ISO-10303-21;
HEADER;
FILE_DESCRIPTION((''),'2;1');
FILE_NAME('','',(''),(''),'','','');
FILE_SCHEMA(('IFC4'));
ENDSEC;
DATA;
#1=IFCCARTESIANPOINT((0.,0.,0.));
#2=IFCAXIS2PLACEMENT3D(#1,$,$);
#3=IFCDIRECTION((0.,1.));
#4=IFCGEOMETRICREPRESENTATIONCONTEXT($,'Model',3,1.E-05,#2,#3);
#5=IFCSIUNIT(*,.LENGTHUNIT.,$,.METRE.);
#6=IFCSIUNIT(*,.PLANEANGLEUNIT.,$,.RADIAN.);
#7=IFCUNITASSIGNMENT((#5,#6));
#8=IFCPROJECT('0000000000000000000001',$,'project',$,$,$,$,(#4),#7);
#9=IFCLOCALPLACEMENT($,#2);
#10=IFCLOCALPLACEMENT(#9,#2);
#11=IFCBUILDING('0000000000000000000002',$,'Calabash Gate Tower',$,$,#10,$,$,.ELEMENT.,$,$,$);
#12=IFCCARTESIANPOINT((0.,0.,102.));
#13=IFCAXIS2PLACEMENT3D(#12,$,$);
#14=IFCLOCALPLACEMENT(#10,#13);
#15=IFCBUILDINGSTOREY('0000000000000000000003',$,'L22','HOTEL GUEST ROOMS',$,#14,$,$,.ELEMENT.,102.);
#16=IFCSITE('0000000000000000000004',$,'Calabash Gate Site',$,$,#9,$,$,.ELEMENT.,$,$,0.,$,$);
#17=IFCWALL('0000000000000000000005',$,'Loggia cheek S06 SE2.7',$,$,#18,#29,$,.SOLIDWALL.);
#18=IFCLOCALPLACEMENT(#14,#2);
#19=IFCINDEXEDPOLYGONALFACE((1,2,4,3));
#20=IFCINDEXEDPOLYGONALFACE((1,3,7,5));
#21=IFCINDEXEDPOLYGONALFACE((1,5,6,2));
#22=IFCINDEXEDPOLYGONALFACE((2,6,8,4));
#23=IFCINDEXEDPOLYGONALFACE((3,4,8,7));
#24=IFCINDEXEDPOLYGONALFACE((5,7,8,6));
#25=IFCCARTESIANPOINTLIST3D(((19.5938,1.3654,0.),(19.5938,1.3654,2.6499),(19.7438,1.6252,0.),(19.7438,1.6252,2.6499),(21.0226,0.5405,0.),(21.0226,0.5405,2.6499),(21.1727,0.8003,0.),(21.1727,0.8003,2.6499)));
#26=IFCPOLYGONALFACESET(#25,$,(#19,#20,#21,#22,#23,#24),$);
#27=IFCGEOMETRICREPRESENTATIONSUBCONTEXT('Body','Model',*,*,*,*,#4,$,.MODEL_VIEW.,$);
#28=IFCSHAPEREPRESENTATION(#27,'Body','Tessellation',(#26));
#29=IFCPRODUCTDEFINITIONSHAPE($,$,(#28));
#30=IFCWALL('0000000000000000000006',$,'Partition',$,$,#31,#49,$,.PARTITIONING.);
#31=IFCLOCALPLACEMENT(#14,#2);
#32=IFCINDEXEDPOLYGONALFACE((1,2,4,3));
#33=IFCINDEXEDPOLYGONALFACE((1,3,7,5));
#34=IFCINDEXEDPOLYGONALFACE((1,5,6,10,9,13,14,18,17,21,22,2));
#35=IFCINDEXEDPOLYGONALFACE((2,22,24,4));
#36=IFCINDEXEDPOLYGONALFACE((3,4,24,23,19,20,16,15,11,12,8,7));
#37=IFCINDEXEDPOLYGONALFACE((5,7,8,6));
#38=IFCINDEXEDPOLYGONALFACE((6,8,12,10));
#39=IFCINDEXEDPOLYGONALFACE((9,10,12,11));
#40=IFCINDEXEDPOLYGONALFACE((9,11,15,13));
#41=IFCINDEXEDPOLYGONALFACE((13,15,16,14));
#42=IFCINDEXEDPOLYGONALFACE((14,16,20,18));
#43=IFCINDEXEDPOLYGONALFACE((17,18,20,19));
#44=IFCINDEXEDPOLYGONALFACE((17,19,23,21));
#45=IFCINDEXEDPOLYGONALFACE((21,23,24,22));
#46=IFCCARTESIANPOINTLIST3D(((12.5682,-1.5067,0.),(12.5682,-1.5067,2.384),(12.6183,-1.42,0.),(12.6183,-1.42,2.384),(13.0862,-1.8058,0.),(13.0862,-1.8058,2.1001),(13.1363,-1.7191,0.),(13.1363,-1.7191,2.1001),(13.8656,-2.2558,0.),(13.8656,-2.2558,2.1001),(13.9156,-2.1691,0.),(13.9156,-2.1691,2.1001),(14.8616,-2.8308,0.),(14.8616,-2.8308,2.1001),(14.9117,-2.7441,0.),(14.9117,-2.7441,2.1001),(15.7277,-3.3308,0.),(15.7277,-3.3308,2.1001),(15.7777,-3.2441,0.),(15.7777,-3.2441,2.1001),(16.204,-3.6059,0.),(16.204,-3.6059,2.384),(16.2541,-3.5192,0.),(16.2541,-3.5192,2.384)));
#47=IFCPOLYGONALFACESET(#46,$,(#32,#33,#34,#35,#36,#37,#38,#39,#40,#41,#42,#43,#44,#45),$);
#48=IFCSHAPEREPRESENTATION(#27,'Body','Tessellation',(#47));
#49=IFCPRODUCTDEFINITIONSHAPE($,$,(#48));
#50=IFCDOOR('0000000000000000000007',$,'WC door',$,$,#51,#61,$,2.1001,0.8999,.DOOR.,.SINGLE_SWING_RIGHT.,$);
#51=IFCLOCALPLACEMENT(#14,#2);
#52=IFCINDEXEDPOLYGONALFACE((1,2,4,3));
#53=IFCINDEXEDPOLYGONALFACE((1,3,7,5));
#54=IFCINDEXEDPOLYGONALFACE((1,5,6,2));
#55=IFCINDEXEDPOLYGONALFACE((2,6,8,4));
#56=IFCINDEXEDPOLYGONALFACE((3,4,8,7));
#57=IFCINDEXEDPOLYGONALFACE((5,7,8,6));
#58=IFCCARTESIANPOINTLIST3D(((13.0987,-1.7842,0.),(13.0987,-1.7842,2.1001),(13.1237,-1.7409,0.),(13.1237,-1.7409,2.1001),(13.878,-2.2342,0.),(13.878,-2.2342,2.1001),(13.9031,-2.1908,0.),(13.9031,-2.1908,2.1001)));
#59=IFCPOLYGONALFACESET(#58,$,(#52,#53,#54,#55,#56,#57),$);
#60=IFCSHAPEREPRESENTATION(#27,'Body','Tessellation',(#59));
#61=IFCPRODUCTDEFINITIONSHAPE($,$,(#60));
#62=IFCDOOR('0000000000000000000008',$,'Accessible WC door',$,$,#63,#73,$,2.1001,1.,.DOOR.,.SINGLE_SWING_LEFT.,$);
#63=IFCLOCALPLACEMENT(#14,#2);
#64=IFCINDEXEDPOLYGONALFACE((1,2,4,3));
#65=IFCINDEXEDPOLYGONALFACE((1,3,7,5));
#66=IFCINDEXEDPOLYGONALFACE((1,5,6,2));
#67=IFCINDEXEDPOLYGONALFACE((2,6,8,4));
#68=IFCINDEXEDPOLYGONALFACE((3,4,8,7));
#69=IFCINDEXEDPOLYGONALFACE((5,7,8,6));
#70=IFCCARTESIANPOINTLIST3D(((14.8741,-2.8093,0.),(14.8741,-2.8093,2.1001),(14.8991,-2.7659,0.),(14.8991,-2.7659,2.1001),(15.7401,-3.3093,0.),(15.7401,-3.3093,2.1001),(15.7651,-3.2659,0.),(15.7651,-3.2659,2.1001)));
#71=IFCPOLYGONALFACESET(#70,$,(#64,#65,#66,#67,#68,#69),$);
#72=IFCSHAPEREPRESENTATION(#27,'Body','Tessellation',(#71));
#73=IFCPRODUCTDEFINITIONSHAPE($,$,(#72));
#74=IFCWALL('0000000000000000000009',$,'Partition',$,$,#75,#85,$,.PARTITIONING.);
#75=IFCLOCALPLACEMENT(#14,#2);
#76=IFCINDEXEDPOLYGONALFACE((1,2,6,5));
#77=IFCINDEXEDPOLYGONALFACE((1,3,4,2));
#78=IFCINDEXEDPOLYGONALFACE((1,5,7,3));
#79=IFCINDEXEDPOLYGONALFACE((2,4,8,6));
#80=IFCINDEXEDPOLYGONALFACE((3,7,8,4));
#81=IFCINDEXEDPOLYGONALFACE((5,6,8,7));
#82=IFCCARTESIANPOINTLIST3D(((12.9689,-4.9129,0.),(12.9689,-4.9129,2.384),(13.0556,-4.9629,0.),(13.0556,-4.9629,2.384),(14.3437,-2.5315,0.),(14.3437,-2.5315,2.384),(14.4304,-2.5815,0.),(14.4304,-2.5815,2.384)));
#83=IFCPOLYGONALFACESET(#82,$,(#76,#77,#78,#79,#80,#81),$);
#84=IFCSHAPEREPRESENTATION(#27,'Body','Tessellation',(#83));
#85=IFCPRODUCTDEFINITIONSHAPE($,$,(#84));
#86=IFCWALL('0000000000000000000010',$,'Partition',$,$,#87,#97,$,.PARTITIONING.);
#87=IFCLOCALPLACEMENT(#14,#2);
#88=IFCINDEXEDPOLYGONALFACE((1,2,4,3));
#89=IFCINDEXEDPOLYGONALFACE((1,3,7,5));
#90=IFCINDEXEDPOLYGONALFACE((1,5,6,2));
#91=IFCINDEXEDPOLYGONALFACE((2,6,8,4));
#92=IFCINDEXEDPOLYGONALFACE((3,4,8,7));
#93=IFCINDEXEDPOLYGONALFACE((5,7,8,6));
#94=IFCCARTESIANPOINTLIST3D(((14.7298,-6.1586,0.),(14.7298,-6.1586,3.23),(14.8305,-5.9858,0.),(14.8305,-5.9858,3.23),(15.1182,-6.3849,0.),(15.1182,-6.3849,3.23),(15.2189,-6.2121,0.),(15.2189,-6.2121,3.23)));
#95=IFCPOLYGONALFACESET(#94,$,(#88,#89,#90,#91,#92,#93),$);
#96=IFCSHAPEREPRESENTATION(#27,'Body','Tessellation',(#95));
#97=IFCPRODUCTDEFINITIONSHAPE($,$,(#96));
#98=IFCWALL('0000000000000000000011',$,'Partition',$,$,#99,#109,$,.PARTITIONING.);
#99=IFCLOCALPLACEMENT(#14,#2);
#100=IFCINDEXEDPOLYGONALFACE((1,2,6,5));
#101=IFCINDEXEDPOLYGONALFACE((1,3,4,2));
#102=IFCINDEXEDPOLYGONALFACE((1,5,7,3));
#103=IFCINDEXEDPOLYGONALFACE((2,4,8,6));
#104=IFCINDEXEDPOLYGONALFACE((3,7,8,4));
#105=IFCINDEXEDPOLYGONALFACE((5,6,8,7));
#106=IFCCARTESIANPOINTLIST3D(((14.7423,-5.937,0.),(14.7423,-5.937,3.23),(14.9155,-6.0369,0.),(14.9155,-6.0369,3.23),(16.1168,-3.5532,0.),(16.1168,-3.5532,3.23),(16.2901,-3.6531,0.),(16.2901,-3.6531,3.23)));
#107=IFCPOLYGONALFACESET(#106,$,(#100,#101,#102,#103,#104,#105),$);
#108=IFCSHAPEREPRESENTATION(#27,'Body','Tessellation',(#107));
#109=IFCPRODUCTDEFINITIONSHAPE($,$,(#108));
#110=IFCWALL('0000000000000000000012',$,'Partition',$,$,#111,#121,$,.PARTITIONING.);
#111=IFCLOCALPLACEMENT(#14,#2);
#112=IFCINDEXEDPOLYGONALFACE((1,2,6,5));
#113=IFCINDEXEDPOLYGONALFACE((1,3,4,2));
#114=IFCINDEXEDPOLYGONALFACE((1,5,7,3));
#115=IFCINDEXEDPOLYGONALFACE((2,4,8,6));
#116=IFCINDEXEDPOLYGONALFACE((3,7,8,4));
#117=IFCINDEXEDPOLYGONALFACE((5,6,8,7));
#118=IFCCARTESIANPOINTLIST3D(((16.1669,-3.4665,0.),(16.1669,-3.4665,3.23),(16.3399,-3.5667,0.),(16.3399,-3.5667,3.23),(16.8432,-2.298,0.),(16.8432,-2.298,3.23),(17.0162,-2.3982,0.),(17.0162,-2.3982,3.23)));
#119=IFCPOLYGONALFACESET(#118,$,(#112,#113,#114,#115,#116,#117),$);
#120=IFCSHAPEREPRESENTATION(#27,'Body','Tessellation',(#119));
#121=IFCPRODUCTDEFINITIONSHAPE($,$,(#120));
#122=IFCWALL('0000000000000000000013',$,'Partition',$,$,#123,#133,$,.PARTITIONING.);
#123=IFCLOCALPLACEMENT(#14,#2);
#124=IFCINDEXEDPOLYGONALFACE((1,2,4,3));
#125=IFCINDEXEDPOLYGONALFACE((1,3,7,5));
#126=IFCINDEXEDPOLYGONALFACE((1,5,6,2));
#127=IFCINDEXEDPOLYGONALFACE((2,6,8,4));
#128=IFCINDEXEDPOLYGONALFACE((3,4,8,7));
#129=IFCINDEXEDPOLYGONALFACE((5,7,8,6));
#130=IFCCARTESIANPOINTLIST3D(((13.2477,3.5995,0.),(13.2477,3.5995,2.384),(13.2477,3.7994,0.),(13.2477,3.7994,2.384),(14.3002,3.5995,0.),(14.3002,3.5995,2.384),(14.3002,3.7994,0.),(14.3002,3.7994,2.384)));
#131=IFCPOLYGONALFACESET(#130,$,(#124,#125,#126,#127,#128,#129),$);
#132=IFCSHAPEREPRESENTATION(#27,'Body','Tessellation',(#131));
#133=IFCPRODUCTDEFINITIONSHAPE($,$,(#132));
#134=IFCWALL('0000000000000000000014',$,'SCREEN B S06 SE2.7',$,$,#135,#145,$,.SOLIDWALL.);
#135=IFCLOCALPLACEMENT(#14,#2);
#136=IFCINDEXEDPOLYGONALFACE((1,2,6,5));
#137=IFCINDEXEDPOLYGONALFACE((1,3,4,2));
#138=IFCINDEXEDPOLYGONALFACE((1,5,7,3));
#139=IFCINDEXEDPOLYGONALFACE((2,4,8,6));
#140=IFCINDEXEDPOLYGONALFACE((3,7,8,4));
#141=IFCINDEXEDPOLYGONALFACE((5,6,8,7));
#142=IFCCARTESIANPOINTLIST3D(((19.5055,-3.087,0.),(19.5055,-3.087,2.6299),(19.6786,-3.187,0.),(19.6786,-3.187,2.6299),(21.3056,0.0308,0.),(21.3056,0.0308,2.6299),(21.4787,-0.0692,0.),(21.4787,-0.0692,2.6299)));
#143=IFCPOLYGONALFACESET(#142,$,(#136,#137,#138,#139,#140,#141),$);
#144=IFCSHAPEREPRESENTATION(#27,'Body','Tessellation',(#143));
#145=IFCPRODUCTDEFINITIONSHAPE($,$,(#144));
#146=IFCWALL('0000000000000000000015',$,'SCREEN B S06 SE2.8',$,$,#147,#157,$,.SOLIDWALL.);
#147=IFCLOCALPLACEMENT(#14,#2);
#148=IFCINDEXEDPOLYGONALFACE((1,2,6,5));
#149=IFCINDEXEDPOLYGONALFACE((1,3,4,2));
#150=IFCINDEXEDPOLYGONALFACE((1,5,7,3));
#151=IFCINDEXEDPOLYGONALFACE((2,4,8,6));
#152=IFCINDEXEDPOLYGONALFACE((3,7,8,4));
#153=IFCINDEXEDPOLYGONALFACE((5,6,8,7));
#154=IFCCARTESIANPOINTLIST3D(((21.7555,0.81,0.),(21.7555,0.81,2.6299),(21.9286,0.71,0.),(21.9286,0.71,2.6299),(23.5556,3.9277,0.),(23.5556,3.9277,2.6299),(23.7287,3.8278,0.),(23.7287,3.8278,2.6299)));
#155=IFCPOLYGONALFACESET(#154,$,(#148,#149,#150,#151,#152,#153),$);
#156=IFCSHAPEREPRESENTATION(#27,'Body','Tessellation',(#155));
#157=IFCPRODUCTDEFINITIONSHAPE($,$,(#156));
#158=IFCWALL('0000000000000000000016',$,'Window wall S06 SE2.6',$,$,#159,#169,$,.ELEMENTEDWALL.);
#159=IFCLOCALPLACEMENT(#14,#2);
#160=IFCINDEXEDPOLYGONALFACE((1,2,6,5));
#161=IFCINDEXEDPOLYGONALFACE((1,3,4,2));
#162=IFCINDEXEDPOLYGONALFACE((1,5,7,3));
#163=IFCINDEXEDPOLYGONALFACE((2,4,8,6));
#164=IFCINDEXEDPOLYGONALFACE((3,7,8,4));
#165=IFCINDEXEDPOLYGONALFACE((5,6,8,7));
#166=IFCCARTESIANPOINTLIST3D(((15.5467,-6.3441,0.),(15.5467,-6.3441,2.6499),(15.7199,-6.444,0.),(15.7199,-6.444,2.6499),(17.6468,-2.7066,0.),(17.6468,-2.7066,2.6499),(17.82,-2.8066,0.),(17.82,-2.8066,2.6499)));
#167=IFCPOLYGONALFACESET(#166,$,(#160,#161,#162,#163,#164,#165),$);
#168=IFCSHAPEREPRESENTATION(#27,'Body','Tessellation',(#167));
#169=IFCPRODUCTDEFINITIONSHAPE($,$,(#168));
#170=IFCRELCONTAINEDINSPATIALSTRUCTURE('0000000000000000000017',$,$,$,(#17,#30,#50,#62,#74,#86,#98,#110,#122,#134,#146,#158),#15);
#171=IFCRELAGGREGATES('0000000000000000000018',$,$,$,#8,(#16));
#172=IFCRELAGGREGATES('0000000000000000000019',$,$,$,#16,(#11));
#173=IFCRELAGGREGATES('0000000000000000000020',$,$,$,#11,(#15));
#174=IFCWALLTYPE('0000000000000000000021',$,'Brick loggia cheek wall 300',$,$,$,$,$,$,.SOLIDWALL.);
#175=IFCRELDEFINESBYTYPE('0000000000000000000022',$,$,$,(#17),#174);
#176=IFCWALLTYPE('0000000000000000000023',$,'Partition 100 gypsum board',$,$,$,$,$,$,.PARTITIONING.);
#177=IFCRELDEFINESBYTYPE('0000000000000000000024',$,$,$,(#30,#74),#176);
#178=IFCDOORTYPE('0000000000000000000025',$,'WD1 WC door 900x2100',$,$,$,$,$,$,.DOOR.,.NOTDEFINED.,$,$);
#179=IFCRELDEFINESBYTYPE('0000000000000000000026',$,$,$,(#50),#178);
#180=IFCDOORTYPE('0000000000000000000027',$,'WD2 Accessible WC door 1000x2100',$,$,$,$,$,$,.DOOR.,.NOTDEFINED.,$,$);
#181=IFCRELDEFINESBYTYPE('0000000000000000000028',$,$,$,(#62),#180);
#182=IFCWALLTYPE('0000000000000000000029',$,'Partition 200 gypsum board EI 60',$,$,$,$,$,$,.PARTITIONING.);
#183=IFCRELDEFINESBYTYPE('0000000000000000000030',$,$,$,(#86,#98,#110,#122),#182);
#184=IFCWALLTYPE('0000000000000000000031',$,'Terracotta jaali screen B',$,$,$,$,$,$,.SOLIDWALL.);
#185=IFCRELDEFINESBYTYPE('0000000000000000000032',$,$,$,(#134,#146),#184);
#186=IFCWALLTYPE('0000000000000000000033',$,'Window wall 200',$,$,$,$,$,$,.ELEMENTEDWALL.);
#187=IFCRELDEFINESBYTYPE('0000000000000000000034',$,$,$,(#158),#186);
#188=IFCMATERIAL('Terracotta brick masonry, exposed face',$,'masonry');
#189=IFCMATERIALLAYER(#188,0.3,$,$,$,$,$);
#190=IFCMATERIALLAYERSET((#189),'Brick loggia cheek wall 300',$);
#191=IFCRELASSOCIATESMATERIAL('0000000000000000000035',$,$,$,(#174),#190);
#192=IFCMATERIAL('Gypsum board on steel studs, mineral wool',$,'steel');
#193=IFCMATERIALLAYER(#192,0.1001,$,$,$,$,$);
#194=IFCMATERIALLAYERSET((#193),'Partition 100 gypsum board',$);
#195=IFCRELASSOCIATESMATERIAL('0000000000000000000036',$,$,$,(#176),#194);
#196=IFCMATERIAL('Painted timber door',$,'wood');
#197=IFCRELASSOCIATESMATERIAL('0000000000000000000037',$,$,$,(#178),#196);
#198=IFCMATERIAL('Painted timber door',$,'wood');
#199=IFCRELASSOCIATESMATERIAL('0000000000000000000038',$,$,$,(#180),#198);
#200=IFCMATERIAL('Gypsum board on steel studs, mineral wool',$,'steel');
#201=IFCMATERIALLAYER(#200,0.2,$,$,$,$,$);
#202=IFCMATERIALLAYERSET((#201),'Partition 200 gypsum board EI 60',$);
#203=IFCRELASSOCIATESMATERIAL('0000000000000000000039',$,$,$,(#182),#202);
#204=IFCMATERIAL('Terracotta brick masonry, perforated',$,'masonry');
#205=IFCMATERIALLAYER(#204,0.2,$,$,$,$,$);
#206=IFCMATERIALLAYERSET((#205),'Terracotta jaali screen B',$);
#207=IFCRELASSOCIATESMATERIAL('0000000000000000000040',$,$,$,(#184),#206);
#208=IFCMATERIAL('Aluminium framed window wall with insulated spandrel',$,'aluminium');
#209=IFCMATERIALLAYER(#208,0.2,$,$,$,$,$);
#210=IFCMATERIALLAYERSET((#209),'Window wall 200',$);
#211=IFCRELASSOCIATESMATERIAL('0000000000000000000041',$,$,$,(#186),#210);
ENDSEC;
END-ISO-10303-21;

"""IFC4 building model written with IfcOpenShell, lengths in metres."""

from ifc_helpers import new_model, si_unit, direction, frame, frame_2d, origin, place, context, subcontext, project, spatial, rectangle, extrude, material, layer, layer_set, type_object, element, fill, save


model = new_model("IFC4")

# Units and contexts
model_context = context("Model", 3, precision=1e-05, world=origin(), true_north=direction((0.0, 1.0)))
body_context = subcontext(model_context, "Body", "Model", "MODEL_VIEW")
ifc_project = project(units=[si_unit("LENGTHUNIT", "METRE"), si_unit("PLANEANGLEUNIT", "RADIAN")], contexts=[model_context])

# Site, building, storey
site_placement = place(None, origin())
site = spatial("IfcSite", under=ifc_project, at=site_placement, Name="Calabash Gate Site", CompositionType="ELEMENT", RefElevation=0.0)
building_placement = place(site_placement, origin())
building = spatial("IfcBuilding", under=site, at=building_placement, Name="Calabash Gate Tower", CompositionType="ELEMENT")
storey_placement = place(building_placement, frame((0.0, 0.0, 102.0)))
storey = spatial("IfcBuildingStorey", under=building, at=storey_placement, Name="L22", Description="HOTEL GUEST ROOMS", CompositionType="ELEMENT", Elevation=102.0)

# Wall
ifc_material_1 = material(Name="Terracotta brick masonry, exposed face", Category="masonry")
ifc_layer_1 = layer(ifc_material_1, 0.3)
ifc_layer_set_1 = layer_set([ifc_layer_1], Name="Brick loggia cheek wall 300")
wall_type_1 = type_object("IfcWallType", Name="Brick loggia cheek wall 300", PredefinedType="SOLIDWALL", material=ifc_layer_set_1)
wall_1_placement = place(storey_placement, frame((21.0977, 0.6704, 0.0), z_axis=(0.0, 0.0, 1.0), x_axis=(-0.86604, 0.499974, 0.0)))
element("IfcWall", 1, at=wall_1_placement, inside=storey, type_object=wall_type_1, Name="Loggia cheek S06 SE2.7", PredefinedType="SOLIDWALL", context=body_context, shape_type="SweptSolid", body=[
    extrude(rectangle(XDim=1.6499, YDim=0.3, at=frame_2d((0.825, 0.0))), origin(), (0.0, 0.0, 1.0), 2.6499),
])

# Wall, openings, doors
ifc_material_2 = material(Name="Gypsum board on steel studs, mineral wool", Category="steel")
ifc_layer_2 = layer(ifc_material_2, 0.1001)
ifc_layer_set_2 = layer_set([ifc_layer_2], Name="Partition 100 gypsum board")
wall_type_2 = type_object("IfcWallType", Name="Partition 100 gypsum board", PredefinedType="PARTITIONING", material=ifc_layer_set_2)
wall_2_placement = place(storey_placement, frame((12.5933, -1.4634, 0.0), z_axis=(0.0, 0.0, 1.0), x_axis=(0.866023, -0.500004, 0.0)))
wall_2 = element("IfcWall", 2, at=wall_2_placement, inside=storey, type_object=wall_type_2, Name="Partition", PredefinedType="PARTITIONING", context=body_context, shape_type="SweptSolid", body=[
    extrude(rectangle(XDim=4.1982, YDim=0.1001, at=frame_2d((2.0991, 0.0))), origin(), (0.0, 0.0, 1.0), 2.384),
])
opening_1_placement = place(wall_2_placement, frame((0.5981, 0.0, 0.0)))
opening_1 = element("IfcOpeningElement", 3, at=opening_1_placement, cuts=wall_2, PredefinedType="OPENING", context=body_context, shape_type="SweptSolid", body=[
    extrude(rectangle(XDim=0.8999, YDim=2.1001, at=frame_2d((0.45, 1.05))), frame((0.0, 0.0601, 0.0), z_axis=(0.0, -1.0, 0.0), x_axis=(1.0, 0.0, 0.0)), (0.0, 0.0, 1.0), 0.1201),
])
opening_2_placement = place(wall_2_placement, frame((2.6482, 0.0, 0.0)))
opening_2 = element("IfcOpeningElement", 4, at=opening_2_placement, cuts=wall_2, PredefinedType="OPENING", context=body_context, shape_type="SweptSolid", body=[
    extrude(rectangle(XDim=1.0, YDim=2.1001, at=frame_2d((0.5, 1.05))), frame((0.0, 0.0601, 0.0), z_axis=(0.0, -1.0, 0.0), x_axis=(1.0, 0.0, 0.0)), (0.0, 0.0, 1.0), 0.1201),
])
ifc_material_3 = material(Name="Painted timber door", Category="wood")
door_type_1 = type_object("IfcDoorType", Name="WD1 WC door 900x2100", OperationType="NOTDEFINED", PredefinedType="DOOR", material=ifc_material_3)
door_1_placement = place(opening_1_placement, origin())
door_1 = element("IfcDoor", 5, at=door_1_placement, inside=storey, type_object=door_type_1, Name="WC door", OperationType="SINGLE_SWING_RIGHT", OverallHeight=2.1001, OverallWidth=0.8999, PredefinedType="DOOR", context=body_context, shape_type="SweptSolid", body=[
    extrude(rectangle(XDim=0.8999, YDim=2.1001, at=frame_2d((0.45, 1.05))), frame((0.0, 0.0249, 0.0), z_axis=(0.0, -1.0, 0.0), x_axis=(1.0, 0.0, 0.0)), (0.0, 0.0, 1.0), 0.05),
])
fill(opening_1, door_1)
ifc_material_4 = material(Name="Painted timber door", Category="wood")
door_type_2 = type_object("IfcDoorType", Name="WD2 Accessible WC door 1000x2100", OperationType="NOTDEFINED", PredefinedType="DOOR", material=ifc_material_4)
door_2_placement = place(opening_2_placement, origin())
door_2 = element("IfcDoor", 6, at=door_2_placement, inside=storey, type_object=door_type_2, Name="Accessible WC door", OperationType="SINGLE_SWING_LEFT", OverallHeight=2.1001, OverallWidth=1.0, PredefinedType="DOOR", context=body_context, shape_type="SweptSolid", body=[
    extrude(rectangle(XDim=1.0, YDim=2.1001, at=frame_2d((0.5, 1.05))), frame((0.0, 0.0249, 0.0), z_axis=(0.0, -1.0, 0.0), x_axis=(1.0, 0.0, 0.0)), (0.0, 0.0, 1.0), 0.05),
])
fill(opening_2, door_2)

# Walls
wall_3_placement = place(storey_placement, frame((13.0122, -4.938, 0.0), z_axis=(0.0, 0.0, 1.0), x_axis=(0.499968, 0.866044, 0.0)))
element("IfcWall", 7, at=wall_3_placement, inside=storey, type_object=wall_type_2, Name="Partition", PredefinedType="PARTITIONING", context=body_context, shape_type="SweptSolid", body=[
    extrude(rectangle(XDim=2.7498, YDim=0.1001, at=frame_2d((1.375, 0.0))), origin(), (0.0, 0.0, 1.0), 2.384),
])
ifc_material_5 = material(Name="Gypsum board on steel studs, mineral wool", Category="steel")
ifc_layer_3 = layer(ifc_material_5, 0.2)
ifc_layer_set_3 = layer_set([ifc_layer_3], Name="Partition 200 gypsum board EI 60")
wall_type_3 = type_object("IfcWallType", Name="Partition 200 gypsum board EI 60", PredefinedType="PARTITIONING", material=ifc_layer_set_3)
wall_4_placement = place(storey_placement, frame((14.7803, -6.0723, 0.0), z_axis=(0.0, 0.0, 1.0), x_axis=(0.864035, -0.503432, 0.0)))
element("IfcWall", 8, at=wall_4_placement, inside=storey, type_object=wall_type_3, Name="Partition", PredefinedType="PARTITIONING", context=body_context, shape_type="SweptSolid", body=[
    extrude(rectangle(XDim=0.4495, YDim=0.2, at=frame_2d((0.2246, 0.0))), origin(), (0.0, 0.0, 1.0), 3.23),
])
wall_5_placement = place(storey_placement, frame((14.8289, -5.9871, 0.0), z_axis=(0.0, 0.0, 1.0), x_axis=(0.499518, 0.866304, 0.0)))
element("IfcWall", 9, at=wall_5_placement, inside=storey, type_object=wall_type_3, Name="Partition", PredefinedType="PARTITIONING", context=body_context, shape_type="SweptSolid", body=[
    extrude(rectangle(XDim=2.7517, YDim=0.2, at=frame_2d((1.376, 0.0))), origin(), (0.0, 0.0, 1.0), 3.23),
])
wall_6_placement = place(storey_placement, frame((16.2534, -3.5166, 0.0), z_axis=(0.0, 0.0, 1.0), x_axis=(0.500922, 0.865492, 0.0)))
element("IfcWall", 10, at=wall_6_placement, inside=storey, type_object=wall_type_3, Name="Partition", PredefinedType="PARTITIONING", context=body_context, shape_type="SweptSolid", body=[
    extrude(rectangle(XDim=1.3501, YDim=0.2, at=frame_2d((0.675, 0.0))), origin(), (0.0, 0.0, 1.0), 3.23),
])
wall_7_placement = place(storey_placement, frame((13.2476, 3.6995, 0.0), z_axis=(0.0, 0.0, 1.0), x_axis=(1.0, 0.0, 0.0)))
element("IfcWall", 11, at=wall_7_placement, inside=storey, type_object=wall_type_3, Name="Partition", PredefinedType="PARTITIONING", context=body_context, shape_type="SweptSolid", body=[
    extrude(rectangle(XDim=1.0525, YDim=0.2, at=frame_2d((0.5264, 0.0))), origin(), (0.0, 0.0, 1.0), 2.384),
])
ifc_material_6 = material(Name="Terracotta brick masonry, perforated", Category="masonry")
ifc_layer_4 = layer(ifc_material_6, 0.2)
ifc_layer_set_4 = layer_set([ifc_layer_4], Name="Terracotta jaali screen B")
wall_type_4 = type_object("IfcWallType", Name="Terracotta jaali screen B", PredefinedType="SOLIDWALL", material=ifc_layer_set_4)
for number, where, z_axis, x_axis, name in (
    (12, (19.592, -3.137, 0.0), (0.0, 0.0, 1.0), (0.500012, 0.866018, 0.0), "SCREEN B S06 SE2.7"),
    (13, (21.842, 0.76, 0.0), (0.0, 0.0, 1.0), (0.500012, 0.866018, 0.0), "SCREEN B S06 SE2.8"),
):
    element("IfcWall", number, at=place(storey_placement, frame(where, z_axis=z_axis, x_axis=x_axis)), inside=storey, type_object=wall_type_4, Name=name, PredefinedType="SOLIDWALL", context=body_context, shape_type="SweptSolid", body=[
        extrude(rectangle(XDim=3.6001, YDim=0.2, at=frame_2d((1.8, 0.0))), origin(), (0.0, 0.0, 1.0), 2.6299),
    ])
ifc_material_7 = material(Name="Aluminium framed window wall with insulated spandrel", Category="aluminium")
ifc_layer_5 = layer(ifc_material_7, 0.2)
ifc_layer_set_5 = layer_set([ifc_layer_5], Name="Window wall 200")
wall_type_5 = type_object("IfcWallType", Name="Window wall 200", PredefinedType="ELEMENTEDWALL", material=ifc_layer_set_5)
wall_8_placement = place(storey_placement, frame((15.6333, -6.394, 0.0), z_axis=(0.0, 0.0, 1.0), x_axis=(0.500003, 0.866024, 0.0)))
element("IfcWall", 14, at=wall_8_placement, inside=storey, type_object=wall_type_5, Name="Window wall S06 SE2.6", PredefinedType="ELEMENTEDWALL", context=body_context, shape_type="SweptSolid", body=[
    extrude(rectangle(XDim=4.2002, YDim=0.2, at=frame_2d((2.1001, 0.0))), origin(), (0.0, 0.0, 1.0), 2.6499),
])

save(model, "model.ifc")
